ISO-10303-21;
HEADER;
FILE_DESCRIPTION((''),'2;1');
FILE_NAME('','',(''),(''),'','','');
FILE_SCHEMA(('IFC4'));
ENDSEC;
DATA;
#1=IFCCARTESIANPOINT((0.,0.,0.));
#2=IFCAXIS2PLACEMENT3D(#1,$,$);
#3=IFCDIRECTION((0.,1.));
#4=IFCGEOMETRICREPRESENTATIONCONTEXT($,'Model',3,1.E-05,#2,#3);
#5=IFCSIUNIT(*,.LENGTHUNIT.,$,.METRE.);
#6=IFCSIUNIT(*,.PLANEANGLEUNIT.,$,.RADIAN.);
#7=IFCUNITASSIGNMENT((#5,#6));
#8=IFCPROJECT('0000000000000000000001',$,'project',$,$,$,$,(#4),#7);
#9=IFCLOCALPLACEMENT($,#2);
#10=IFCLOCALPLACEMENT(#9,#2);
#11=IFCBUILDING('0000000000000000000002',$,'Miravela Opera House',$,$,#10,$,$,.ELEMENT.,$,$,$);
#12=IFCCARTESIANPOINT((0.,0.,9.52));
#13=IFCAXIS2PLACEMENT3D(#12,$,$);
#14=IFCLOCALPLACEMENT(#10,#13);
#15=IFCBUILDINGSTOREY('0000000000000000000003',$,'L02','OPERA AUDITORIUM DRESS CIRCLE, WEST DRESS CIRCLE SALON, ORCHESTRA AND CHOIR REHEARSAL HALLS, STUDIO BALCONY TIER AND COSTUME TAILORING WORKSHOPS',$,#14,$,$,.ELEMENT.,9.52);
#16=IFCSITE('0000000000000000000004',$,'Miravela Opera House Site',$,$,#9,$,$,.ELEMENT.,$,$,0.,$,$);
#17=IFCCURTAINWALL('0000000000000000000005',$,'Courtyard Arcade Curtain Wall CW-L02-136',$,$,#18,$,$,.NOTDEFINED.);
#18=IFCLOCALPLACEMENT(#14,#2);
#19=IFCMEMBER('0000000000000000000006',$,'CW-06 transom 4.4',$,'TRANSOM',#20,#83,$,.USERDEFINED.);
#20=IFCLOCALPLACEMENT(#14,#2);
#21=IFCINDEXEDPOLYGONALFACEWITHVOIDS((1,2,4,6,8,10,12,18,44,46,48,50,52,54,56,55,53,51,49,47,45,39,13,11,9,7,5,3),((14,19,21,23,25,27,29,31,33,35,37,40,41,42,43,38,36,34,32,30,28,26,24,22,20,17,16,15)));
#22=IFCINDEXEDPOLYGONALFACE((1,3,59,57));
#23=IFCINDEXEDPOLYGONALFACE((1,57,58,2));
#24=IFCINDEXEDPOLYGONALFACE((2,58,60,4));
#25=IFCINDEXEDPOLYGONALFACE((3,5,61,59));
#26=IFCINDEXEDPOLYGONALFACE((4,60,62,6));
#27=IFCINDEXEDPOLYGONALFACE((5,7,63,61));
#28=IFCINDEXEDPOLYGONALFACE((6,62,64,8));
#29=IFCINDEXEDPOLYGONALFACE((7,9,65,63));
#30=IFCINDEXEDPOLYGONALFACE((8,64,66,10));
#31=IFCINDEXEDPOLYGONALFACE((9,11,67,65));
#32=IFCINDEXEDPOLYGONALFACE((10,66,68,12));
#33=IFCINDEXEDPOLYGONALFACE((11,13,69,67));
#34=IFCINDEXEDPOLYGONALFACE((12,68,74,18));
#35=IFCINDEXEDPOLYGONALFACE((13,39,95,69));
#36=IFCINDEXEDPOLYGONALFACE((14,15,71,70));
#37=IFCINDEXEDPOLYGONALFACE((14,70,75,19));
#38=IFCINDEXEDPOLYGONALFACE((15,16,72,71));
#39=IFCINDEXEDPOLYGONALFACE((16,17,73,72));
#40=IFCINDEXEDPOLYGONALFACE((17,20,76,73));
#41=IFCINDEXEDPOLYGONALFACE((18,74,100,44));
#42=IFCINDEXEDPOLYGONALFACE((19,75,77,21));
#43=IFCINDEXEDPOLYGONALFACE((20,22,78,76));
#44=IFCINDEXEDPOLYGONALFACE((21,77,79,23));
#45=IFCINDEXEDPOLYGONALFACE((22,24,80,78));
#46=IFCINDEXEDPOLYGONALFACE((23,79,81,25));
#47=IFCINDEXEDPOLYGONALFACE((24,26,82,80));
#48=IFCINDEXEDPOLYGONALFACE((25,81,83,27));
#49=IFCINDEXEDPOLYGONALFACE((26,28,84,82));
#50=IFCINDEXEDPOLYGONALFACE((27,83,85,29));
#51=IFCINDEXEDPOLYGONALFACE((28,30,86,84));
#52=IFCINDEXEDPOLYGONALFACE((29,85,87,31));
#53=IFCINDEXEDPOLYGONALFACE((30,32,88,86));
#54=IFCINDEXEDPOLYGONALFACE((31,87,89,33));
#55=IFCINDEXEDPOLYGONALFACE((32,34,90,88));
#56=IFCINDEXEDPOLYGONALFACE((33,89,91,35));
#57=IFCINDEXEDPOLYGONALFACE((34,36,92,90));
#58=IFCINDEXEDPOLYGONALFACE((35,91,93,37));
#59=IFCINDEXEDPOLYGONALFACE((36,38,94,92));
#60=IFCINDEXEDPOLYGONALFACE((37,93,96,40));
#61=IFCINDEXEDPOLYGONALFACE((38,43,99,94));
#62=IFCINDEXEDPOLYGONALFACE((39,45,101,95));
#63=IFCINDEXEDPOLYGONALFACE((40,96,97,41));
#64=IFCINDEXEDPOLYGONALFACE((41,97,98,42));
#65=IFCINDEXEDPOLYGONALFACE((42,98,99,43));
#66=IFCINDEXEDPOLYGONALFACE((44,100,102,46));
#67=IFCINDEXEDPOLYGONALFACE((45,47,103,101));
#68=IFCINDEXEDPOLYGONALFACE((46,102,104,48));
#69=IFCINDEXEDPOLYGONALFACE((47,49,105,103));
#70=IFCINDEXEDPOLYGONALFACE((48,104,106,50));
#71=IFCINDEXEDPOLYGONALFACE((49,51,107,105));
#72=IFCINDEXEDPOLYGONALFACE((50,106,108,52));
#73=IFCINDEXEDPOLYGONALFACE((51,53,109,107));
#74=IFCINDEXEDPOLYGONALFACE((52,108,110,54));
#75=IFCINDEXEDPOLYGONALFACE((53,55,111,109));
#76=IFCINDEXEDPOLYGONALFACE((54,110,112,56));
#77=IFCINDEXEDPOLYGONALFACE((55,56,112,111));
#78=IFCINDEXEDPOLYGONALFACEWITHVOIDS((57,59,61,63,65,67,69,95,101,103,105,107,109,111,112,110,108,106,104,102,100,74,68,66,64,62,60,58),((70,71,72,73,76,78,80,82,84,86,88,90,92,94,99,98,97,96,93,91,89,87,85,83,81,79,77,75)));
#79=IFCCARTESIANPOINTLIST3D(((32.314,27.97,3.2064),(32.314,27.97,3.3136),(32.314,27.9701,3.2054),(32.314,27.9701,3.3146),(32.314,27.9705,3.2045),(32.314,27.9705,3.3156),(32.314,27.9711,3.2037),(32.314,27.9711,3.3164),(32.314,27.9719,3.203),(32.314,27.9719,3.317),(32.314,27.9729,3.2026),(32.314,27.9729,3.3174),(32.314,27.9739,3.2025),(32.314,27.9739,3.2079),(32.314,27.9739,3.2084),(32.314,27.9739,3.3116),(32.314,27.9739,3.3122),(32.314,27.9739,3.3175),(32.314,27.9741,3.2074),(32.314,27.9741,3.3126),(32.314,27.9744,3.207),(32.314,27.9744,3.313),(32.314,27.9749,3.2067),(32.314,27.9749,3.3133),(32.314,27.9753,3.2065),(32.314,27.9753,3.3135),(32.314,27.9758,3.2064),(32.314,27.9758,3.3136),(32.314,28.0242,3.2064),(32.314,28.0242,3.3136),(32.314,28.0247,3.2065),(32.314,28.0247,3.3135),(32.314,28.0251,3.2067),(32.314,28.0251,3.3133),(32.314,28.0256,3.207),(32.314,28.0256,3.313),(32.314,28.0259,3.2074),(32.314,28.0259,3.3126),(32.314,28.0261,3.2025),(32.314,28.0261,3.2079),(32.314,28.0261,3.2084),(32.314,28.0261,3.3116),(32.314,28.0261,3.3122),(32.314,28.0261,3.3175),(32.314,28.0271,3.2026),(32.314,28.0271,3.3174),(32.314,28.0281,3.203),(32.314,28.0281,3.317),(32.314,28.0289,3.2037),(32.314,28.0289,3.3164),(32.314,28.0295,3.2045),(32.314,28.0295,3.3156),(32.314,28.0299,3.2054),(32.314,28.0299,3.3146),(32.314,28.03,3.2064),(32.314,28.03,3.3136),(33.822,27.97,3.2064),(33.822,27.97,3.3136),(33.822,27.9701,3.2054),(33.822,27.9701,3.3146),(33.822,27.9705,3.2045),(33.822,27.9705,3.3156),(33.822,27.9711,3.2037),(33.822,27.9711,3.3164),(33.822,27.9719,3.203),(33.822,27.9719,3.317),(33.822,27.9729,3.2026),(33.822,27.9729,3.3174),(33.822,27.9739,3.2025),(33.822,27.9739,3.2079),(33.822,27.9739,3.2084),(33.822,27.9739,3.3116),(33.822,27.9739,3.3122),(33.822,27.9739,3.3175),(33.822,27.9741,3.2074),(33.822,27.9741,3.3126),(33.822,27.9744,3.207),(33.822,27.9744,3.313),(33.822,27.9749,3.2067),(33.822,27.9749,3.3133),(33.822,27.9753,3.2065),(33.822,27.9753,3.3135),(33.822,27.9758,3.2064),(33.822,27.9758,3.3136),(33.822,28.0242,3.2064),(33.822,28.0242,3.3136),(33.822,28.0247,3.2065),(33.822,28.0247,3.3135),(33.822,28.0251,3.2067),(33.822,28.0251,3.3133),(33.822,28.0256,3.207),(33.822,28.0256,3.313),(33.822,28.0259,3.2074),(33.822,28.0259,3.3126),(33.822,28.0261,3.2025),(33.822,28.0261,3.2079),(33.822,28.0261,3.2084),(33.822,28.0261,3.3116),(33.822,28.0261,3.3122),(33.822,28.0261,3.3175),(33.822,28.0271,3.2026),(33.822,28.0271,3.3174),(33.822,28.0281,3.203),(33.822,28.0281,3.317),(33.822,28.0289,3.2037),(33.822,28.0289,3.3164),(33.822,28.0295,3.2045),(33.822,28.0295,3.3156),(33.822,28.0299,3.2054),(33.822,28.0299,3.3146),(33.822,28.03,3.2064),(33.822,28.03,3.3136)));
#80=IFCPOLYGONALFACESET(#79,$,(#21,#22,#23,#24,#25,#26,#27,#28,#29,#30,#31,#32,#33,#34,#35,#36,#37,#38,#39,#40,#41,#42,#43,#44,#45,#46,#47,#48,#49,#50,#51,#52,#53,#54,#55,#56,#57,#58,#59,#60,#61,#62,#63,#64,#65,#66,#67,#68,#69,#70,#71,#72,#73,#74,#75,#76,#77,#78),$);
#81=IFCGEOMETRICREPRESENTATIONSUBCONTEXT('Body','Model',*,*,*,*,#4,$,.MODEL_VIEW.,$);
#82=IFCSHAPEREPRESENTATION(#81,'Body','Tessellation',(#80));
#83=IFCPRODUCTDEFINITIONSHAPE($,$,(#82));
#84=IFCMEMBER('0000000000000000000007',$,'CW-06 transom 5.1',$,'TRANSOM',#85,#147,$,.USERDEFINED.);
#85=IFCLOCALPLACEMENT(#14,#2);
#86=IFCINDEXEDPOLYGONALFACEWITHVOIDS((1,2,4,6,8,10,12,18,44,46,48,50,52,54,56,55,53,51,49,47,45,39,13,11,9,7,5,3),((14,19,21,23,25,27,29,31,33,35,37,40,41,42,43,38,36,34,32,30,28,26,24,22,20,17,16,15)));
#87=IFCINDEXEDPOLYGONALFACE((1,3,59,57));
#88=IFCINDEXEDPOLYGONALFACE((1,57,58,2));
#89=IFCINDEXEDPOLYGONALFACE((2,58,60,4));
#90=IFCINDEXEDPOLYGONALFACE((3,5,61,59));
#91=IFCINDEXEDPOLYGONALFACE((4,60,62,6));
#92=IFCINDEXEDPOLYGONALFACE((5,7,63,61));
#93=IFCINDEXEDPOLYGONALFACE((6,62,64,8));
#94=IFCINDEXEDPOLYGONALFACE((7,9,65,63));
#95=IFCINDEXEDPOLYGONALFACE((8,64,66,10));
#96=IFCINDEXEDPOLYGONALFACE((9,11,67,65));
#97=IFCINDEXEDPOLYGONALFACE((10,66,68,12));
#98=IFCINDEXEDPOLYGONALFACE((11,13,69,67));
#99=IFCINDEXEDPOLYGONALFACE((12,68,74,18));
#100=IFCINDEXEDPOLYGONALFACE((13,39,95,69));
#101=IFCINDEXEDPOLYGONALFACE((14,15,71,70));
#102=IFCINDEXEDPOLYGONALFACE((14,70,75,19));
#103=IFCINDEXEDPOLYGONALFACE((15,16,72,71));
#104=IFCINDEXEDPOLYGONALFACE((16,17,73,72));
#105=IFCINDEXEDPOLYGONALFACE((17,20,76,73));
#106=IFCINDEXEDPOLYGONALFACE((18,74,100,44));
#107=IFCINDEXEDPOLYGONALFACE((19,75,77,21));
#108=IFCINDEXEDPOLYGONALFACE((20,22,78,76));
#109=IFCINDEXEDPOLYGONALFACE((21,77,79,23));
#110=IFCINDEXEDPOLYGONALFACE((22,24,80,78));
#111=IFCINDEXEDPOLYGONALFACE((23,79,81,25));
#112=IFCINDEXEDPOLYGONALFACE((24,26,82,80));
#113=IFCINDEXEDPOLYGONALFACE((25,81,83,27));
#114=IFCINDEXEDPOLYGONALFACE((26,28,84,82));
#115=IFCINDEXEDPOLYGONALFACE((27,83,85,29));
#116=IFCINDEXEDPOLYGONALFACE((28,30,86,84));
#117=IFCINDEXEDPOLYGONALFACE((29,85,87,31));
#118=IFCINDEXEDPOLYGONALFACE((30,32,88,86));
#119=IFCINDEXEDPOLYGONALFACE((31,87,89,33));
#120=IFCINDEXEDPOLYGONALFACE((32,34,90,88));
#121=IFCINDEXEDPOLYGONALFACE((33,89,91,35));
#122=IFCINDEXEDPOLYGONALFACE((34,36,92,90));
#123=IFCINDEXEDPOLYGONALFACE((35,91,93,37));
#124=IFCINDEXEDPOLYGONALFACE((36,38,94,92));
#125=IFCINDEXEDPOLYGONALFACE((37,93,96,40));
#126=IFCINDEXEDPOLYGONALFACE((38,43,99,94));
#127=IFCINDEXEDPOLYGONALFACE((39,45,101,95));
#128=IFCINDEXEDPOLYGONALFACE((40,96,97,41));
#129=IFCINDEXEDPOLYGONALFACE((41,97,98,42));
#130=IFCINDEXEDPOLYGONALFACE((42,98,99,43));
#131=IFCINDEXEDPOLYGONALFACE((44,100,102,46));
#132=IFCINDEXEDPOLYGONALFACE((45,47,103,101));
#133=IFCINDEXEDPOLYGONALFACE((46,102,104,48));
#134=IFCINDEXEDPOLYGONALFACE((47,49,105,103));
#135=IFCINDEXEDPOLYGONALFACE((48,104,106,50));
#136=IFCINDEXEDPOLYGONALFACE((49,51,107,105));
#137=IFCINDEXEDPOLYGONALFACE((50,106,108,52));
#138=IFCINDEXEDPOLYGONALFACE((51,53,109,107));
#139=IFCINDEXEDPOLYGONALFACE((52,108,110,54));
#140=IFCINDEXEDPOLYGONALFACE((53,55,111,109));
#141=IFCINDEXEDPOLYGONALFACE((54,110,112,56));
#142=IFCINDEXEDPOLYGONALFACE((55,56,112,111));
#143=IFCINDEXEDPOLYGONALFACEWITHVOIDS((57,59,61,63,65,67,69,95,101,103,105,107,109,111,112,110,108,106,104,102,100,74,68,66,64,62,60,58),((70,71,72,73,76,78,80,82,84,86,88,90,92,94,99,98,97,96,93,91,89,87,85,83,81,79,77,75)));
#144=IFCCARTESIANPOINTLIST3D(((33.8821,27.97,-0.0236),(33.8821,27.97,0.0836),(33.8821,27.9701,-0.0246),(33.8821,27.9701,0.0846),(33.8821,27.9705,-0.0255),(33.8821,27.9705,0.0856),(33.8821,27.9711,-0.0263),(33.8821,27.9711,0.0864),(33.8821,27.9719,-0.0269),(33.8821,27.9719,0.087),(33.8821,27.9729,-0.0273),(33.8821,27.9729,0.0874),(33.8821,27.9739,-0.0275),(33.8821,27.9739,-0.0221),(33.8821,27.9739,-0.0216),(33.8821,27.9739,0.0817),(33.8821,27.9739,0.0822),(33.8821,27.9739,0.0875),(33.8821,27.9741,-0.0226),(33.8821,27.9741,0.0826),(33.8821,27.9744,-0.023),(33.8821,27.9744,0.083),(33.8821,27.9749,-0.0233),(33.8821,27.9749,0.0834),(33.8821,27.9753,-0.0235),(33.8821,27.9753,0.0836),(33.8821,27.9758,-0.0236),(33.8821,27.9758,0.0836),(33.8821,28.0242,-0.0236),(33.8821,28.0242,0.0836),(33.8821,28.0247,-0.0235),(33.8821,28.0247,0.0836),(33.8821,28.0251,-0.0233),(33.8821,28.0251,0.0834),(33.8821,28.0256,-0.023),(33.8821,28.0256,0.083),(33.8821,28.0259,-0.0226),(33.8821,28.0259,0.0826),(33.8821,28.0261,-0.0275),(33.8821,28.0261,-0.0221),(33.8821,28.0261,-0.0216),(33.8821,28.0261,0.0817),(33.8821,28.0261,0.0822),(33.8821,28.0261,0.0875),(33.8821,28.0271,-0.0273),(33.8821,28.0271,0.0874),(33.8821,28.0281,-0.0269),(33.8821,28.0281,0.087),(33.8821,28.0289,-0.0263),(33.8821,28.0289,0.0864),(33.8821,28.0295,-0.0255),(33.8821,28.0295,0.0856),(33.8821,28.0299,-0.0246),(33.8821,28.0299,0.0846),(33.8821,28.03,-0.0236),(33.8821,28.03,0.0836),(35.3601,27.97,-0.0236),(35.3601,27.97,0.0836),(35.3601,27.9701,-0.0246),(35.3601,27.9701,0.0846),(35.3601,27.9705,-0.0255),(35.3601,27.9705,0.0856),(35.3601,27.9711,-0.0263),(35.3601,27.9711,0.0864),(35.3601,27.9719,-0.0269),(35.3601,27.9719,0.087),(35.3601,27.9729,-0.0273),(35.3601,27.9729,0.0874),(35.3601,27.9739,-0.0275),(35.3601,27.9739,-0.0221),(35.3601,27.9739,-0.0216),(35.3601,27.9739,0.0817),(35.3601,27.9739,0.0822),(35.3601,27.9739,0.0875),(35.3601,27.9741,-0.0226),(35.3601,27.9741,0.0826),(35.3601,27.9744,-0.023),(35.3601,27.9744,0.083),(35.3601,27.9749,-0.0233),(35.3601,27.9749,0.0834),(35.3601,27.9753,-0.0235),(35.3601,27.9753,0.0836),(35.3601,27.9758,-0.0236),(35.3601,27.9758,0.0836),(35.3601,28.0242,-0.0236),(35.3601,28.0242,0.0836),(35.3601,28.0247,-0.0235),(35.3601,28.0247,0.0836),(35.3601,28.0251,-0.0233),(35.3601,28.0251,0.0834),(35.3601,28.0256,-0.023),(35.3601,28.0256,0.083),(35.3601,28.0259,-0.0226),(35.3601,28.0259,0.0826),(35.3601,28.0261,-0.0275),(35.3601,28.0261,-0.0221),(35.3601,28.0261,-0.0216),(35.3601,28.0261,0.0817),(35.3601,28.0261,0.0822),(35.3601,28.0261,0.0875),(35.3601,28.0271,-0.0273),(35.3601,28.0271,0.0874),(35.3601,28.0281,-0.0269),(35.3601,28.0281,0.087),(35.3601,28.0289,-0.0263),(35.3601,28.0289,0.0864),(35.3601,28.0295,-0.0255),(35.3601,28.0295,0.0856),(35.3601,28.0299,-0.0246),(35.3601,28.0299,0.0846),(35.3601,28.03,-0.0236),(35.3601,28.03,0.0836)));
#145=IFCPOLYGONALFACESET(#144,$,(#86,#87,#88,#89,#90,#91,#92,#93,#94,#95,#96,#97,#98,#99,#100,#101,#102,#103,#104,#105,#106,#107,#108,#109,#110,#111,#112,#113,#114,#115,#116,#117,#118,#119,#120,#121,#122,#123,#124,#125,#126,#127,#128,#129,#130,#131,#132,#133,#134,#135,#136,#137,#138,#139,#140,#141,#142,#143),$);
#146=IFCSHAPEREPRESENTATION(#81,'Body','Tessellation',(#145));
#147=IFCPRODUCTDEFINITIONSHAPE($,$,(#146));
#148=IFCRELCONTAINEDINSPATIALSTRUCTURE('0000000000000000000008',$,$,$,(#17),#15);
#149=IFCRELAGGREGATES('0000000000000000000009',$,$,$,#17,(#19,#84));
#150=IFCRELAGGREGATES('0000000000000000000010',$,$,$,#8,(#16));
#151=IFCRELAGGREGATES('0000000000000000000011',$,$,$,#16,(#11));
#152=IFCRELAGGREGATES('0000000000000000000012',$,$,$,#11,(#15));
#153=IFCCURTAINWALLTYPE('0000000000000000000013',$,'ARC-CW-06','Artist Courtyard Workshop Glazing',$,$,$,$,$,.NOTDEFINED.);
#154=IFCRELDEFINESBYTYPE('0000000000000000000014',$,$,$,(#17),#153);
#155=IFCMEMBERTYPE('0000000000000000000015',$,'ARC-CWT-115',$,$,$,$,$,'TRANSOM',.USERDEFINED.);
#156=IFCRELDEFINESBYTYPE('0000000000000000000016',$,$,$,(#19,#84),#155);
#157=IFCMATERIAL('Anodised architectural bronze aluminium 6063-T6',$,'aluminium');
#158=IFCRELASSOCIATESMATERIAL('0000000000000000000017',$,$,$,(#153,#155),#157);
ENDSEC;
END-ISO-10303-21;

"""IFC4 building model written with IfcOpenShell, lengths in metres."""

from ifc_helpers import new_model, si_unit, direction, frame, origin, origin_2d, place, context, subcontext, project, spatial, hollow_rectangle, extrude, material, material_profile, profile_set, type_object, element, aggregate, save


model = new_model("IFC4")

# Units and contexts
model_context = context("Model", 3, precision=1e-05, world=origin(), true_north=direction((0.0, 1.0)))
body_context = subcontext(model_context, "Body", "Model", "MODEL_VIEW")
ifc_project = project(units=[si_unit("LENGTHUNIT", "METRE"), si_unit("PLANEANGLEUNIT", "RADIAN")], contexts=[model_context])

# Site, building, storey
site_placement = place(None, origin())
site = spatial("IfcSite", under=ifc_project, at=site_placement, Name="Miravela Opera House Site", CompositionType="ELEMENT", RefElevation=0.0)
building_placement = place(site_placement, origin())
building = spatial("IfcBuilding", under=site, at=building_placement, Name="Miravela Opera House", CompositionType="ELEMENT")
storey_placement = place(building_placement, frame((0.0, 0.0, 9.52)))
storey = spatial("IfcBuildingStorey", under=building, at=storey_placement, Name="L02", Description="OPERA AUDITORIUM DRESS CIRCLE, WEST DRESS CIRCLE SALON, ORCHESTRA AND CHOIR REHEARSAL HALLS, STUDIO BALCONY TIER AND COSTUME TAILORING WORKSHOPS", CompositionType="ELEMENT", Elevation=9.52)

# Curtain wall, members
ifc_material_1 = material(Name="Anodised architectural bronze aluminium 6063-T6", Category="aluminium")
curtain_wall_type = type_object("IfcCurtainWallType", Name="ARC-CW-06", Description="Artist Courtyard Workshop Glazing", PredefinedType="NOTDEFINED", material=ifc_material_1)
curtain_wall_placement = place(storey_placement, origin())
curtain_wall = element("IfcCurtainWall", 1, at=curtain_wall_placement, inside=storey, type_object=curtain_wall_type, Name="Courtyard Arcade Curtain Wall CW-L02-136", PredefinedType="NOTDEFINED")
ifc_material_profile_1 = material_profile(ifc_material_1, hollow_rectangle(XDim=0.0601, YDim=0.115, WallThickness=0.0039, InnerFilletRadius=0.002, OuterFilletRadius=0.0039, at=origin_2d()), Name="CWT-60X115")
ifc_profile_set_1 = profile_set([ifc_material_profile_1])
member_type_1 = type_object("IfcMemberType", Name="ARC-CWT-115", ElementType="TRANSOM", PredefinedType="USERDEFINED", material=ifc_profile_set_1)
member_1_placement = place(storey_placement, frame((32.314, 28.0, 3.26), z_axis=(1.0, 0.0, 0.0), x_axis=(0.0, 1.0, 0.0)))
member_1 = element("IfcMember", 2, at=member_1_placement, type_object=member_type_1, Name="CW-06 transom 4.4", ObjectType="TRANSOM", PredefinedType="USERDEFINED", context=body_context, shape_type="SweptSolid", body=[
    extrude(hollow_rectangle(XDim=0.0601, YDim=0.115, WallThickness=0.0039, InnerFilletRadius=0.002, OuterFilletRadius=0.0039, at=origin_2d()), origin(), (0.0, 0.0, 1.0), 1.5081),
])
member_2_placement = place(storey_placement, frame((33.8821, 28.0, 0.03), z_axis=(1.0, 0.0, 0.0), x_axis=(0.0, 1.0, 0.0)))
member_2 = element("IfcMember", 3, at=member_2_placement, type_object=member_type_1, Name="CW-06 transom 5.1", ObjectType="TRANSOM", PredefinedType="USERDEFINED", context=body_context, shape_type="SweptSolid", body=[
    extrude(hollow_rectangle(XDim=0.0601, YDim=0.115, WallThickness=0.0039, InnerFilletRadius=0.002, OuterFilletRadius=0.0039, at=origin_2d()), origin(), (0.0, 0.0, 1.0), 1.478),
])
aggregate(curtain_wall, [member_1, member_2])

save(model, "model.ifc")
